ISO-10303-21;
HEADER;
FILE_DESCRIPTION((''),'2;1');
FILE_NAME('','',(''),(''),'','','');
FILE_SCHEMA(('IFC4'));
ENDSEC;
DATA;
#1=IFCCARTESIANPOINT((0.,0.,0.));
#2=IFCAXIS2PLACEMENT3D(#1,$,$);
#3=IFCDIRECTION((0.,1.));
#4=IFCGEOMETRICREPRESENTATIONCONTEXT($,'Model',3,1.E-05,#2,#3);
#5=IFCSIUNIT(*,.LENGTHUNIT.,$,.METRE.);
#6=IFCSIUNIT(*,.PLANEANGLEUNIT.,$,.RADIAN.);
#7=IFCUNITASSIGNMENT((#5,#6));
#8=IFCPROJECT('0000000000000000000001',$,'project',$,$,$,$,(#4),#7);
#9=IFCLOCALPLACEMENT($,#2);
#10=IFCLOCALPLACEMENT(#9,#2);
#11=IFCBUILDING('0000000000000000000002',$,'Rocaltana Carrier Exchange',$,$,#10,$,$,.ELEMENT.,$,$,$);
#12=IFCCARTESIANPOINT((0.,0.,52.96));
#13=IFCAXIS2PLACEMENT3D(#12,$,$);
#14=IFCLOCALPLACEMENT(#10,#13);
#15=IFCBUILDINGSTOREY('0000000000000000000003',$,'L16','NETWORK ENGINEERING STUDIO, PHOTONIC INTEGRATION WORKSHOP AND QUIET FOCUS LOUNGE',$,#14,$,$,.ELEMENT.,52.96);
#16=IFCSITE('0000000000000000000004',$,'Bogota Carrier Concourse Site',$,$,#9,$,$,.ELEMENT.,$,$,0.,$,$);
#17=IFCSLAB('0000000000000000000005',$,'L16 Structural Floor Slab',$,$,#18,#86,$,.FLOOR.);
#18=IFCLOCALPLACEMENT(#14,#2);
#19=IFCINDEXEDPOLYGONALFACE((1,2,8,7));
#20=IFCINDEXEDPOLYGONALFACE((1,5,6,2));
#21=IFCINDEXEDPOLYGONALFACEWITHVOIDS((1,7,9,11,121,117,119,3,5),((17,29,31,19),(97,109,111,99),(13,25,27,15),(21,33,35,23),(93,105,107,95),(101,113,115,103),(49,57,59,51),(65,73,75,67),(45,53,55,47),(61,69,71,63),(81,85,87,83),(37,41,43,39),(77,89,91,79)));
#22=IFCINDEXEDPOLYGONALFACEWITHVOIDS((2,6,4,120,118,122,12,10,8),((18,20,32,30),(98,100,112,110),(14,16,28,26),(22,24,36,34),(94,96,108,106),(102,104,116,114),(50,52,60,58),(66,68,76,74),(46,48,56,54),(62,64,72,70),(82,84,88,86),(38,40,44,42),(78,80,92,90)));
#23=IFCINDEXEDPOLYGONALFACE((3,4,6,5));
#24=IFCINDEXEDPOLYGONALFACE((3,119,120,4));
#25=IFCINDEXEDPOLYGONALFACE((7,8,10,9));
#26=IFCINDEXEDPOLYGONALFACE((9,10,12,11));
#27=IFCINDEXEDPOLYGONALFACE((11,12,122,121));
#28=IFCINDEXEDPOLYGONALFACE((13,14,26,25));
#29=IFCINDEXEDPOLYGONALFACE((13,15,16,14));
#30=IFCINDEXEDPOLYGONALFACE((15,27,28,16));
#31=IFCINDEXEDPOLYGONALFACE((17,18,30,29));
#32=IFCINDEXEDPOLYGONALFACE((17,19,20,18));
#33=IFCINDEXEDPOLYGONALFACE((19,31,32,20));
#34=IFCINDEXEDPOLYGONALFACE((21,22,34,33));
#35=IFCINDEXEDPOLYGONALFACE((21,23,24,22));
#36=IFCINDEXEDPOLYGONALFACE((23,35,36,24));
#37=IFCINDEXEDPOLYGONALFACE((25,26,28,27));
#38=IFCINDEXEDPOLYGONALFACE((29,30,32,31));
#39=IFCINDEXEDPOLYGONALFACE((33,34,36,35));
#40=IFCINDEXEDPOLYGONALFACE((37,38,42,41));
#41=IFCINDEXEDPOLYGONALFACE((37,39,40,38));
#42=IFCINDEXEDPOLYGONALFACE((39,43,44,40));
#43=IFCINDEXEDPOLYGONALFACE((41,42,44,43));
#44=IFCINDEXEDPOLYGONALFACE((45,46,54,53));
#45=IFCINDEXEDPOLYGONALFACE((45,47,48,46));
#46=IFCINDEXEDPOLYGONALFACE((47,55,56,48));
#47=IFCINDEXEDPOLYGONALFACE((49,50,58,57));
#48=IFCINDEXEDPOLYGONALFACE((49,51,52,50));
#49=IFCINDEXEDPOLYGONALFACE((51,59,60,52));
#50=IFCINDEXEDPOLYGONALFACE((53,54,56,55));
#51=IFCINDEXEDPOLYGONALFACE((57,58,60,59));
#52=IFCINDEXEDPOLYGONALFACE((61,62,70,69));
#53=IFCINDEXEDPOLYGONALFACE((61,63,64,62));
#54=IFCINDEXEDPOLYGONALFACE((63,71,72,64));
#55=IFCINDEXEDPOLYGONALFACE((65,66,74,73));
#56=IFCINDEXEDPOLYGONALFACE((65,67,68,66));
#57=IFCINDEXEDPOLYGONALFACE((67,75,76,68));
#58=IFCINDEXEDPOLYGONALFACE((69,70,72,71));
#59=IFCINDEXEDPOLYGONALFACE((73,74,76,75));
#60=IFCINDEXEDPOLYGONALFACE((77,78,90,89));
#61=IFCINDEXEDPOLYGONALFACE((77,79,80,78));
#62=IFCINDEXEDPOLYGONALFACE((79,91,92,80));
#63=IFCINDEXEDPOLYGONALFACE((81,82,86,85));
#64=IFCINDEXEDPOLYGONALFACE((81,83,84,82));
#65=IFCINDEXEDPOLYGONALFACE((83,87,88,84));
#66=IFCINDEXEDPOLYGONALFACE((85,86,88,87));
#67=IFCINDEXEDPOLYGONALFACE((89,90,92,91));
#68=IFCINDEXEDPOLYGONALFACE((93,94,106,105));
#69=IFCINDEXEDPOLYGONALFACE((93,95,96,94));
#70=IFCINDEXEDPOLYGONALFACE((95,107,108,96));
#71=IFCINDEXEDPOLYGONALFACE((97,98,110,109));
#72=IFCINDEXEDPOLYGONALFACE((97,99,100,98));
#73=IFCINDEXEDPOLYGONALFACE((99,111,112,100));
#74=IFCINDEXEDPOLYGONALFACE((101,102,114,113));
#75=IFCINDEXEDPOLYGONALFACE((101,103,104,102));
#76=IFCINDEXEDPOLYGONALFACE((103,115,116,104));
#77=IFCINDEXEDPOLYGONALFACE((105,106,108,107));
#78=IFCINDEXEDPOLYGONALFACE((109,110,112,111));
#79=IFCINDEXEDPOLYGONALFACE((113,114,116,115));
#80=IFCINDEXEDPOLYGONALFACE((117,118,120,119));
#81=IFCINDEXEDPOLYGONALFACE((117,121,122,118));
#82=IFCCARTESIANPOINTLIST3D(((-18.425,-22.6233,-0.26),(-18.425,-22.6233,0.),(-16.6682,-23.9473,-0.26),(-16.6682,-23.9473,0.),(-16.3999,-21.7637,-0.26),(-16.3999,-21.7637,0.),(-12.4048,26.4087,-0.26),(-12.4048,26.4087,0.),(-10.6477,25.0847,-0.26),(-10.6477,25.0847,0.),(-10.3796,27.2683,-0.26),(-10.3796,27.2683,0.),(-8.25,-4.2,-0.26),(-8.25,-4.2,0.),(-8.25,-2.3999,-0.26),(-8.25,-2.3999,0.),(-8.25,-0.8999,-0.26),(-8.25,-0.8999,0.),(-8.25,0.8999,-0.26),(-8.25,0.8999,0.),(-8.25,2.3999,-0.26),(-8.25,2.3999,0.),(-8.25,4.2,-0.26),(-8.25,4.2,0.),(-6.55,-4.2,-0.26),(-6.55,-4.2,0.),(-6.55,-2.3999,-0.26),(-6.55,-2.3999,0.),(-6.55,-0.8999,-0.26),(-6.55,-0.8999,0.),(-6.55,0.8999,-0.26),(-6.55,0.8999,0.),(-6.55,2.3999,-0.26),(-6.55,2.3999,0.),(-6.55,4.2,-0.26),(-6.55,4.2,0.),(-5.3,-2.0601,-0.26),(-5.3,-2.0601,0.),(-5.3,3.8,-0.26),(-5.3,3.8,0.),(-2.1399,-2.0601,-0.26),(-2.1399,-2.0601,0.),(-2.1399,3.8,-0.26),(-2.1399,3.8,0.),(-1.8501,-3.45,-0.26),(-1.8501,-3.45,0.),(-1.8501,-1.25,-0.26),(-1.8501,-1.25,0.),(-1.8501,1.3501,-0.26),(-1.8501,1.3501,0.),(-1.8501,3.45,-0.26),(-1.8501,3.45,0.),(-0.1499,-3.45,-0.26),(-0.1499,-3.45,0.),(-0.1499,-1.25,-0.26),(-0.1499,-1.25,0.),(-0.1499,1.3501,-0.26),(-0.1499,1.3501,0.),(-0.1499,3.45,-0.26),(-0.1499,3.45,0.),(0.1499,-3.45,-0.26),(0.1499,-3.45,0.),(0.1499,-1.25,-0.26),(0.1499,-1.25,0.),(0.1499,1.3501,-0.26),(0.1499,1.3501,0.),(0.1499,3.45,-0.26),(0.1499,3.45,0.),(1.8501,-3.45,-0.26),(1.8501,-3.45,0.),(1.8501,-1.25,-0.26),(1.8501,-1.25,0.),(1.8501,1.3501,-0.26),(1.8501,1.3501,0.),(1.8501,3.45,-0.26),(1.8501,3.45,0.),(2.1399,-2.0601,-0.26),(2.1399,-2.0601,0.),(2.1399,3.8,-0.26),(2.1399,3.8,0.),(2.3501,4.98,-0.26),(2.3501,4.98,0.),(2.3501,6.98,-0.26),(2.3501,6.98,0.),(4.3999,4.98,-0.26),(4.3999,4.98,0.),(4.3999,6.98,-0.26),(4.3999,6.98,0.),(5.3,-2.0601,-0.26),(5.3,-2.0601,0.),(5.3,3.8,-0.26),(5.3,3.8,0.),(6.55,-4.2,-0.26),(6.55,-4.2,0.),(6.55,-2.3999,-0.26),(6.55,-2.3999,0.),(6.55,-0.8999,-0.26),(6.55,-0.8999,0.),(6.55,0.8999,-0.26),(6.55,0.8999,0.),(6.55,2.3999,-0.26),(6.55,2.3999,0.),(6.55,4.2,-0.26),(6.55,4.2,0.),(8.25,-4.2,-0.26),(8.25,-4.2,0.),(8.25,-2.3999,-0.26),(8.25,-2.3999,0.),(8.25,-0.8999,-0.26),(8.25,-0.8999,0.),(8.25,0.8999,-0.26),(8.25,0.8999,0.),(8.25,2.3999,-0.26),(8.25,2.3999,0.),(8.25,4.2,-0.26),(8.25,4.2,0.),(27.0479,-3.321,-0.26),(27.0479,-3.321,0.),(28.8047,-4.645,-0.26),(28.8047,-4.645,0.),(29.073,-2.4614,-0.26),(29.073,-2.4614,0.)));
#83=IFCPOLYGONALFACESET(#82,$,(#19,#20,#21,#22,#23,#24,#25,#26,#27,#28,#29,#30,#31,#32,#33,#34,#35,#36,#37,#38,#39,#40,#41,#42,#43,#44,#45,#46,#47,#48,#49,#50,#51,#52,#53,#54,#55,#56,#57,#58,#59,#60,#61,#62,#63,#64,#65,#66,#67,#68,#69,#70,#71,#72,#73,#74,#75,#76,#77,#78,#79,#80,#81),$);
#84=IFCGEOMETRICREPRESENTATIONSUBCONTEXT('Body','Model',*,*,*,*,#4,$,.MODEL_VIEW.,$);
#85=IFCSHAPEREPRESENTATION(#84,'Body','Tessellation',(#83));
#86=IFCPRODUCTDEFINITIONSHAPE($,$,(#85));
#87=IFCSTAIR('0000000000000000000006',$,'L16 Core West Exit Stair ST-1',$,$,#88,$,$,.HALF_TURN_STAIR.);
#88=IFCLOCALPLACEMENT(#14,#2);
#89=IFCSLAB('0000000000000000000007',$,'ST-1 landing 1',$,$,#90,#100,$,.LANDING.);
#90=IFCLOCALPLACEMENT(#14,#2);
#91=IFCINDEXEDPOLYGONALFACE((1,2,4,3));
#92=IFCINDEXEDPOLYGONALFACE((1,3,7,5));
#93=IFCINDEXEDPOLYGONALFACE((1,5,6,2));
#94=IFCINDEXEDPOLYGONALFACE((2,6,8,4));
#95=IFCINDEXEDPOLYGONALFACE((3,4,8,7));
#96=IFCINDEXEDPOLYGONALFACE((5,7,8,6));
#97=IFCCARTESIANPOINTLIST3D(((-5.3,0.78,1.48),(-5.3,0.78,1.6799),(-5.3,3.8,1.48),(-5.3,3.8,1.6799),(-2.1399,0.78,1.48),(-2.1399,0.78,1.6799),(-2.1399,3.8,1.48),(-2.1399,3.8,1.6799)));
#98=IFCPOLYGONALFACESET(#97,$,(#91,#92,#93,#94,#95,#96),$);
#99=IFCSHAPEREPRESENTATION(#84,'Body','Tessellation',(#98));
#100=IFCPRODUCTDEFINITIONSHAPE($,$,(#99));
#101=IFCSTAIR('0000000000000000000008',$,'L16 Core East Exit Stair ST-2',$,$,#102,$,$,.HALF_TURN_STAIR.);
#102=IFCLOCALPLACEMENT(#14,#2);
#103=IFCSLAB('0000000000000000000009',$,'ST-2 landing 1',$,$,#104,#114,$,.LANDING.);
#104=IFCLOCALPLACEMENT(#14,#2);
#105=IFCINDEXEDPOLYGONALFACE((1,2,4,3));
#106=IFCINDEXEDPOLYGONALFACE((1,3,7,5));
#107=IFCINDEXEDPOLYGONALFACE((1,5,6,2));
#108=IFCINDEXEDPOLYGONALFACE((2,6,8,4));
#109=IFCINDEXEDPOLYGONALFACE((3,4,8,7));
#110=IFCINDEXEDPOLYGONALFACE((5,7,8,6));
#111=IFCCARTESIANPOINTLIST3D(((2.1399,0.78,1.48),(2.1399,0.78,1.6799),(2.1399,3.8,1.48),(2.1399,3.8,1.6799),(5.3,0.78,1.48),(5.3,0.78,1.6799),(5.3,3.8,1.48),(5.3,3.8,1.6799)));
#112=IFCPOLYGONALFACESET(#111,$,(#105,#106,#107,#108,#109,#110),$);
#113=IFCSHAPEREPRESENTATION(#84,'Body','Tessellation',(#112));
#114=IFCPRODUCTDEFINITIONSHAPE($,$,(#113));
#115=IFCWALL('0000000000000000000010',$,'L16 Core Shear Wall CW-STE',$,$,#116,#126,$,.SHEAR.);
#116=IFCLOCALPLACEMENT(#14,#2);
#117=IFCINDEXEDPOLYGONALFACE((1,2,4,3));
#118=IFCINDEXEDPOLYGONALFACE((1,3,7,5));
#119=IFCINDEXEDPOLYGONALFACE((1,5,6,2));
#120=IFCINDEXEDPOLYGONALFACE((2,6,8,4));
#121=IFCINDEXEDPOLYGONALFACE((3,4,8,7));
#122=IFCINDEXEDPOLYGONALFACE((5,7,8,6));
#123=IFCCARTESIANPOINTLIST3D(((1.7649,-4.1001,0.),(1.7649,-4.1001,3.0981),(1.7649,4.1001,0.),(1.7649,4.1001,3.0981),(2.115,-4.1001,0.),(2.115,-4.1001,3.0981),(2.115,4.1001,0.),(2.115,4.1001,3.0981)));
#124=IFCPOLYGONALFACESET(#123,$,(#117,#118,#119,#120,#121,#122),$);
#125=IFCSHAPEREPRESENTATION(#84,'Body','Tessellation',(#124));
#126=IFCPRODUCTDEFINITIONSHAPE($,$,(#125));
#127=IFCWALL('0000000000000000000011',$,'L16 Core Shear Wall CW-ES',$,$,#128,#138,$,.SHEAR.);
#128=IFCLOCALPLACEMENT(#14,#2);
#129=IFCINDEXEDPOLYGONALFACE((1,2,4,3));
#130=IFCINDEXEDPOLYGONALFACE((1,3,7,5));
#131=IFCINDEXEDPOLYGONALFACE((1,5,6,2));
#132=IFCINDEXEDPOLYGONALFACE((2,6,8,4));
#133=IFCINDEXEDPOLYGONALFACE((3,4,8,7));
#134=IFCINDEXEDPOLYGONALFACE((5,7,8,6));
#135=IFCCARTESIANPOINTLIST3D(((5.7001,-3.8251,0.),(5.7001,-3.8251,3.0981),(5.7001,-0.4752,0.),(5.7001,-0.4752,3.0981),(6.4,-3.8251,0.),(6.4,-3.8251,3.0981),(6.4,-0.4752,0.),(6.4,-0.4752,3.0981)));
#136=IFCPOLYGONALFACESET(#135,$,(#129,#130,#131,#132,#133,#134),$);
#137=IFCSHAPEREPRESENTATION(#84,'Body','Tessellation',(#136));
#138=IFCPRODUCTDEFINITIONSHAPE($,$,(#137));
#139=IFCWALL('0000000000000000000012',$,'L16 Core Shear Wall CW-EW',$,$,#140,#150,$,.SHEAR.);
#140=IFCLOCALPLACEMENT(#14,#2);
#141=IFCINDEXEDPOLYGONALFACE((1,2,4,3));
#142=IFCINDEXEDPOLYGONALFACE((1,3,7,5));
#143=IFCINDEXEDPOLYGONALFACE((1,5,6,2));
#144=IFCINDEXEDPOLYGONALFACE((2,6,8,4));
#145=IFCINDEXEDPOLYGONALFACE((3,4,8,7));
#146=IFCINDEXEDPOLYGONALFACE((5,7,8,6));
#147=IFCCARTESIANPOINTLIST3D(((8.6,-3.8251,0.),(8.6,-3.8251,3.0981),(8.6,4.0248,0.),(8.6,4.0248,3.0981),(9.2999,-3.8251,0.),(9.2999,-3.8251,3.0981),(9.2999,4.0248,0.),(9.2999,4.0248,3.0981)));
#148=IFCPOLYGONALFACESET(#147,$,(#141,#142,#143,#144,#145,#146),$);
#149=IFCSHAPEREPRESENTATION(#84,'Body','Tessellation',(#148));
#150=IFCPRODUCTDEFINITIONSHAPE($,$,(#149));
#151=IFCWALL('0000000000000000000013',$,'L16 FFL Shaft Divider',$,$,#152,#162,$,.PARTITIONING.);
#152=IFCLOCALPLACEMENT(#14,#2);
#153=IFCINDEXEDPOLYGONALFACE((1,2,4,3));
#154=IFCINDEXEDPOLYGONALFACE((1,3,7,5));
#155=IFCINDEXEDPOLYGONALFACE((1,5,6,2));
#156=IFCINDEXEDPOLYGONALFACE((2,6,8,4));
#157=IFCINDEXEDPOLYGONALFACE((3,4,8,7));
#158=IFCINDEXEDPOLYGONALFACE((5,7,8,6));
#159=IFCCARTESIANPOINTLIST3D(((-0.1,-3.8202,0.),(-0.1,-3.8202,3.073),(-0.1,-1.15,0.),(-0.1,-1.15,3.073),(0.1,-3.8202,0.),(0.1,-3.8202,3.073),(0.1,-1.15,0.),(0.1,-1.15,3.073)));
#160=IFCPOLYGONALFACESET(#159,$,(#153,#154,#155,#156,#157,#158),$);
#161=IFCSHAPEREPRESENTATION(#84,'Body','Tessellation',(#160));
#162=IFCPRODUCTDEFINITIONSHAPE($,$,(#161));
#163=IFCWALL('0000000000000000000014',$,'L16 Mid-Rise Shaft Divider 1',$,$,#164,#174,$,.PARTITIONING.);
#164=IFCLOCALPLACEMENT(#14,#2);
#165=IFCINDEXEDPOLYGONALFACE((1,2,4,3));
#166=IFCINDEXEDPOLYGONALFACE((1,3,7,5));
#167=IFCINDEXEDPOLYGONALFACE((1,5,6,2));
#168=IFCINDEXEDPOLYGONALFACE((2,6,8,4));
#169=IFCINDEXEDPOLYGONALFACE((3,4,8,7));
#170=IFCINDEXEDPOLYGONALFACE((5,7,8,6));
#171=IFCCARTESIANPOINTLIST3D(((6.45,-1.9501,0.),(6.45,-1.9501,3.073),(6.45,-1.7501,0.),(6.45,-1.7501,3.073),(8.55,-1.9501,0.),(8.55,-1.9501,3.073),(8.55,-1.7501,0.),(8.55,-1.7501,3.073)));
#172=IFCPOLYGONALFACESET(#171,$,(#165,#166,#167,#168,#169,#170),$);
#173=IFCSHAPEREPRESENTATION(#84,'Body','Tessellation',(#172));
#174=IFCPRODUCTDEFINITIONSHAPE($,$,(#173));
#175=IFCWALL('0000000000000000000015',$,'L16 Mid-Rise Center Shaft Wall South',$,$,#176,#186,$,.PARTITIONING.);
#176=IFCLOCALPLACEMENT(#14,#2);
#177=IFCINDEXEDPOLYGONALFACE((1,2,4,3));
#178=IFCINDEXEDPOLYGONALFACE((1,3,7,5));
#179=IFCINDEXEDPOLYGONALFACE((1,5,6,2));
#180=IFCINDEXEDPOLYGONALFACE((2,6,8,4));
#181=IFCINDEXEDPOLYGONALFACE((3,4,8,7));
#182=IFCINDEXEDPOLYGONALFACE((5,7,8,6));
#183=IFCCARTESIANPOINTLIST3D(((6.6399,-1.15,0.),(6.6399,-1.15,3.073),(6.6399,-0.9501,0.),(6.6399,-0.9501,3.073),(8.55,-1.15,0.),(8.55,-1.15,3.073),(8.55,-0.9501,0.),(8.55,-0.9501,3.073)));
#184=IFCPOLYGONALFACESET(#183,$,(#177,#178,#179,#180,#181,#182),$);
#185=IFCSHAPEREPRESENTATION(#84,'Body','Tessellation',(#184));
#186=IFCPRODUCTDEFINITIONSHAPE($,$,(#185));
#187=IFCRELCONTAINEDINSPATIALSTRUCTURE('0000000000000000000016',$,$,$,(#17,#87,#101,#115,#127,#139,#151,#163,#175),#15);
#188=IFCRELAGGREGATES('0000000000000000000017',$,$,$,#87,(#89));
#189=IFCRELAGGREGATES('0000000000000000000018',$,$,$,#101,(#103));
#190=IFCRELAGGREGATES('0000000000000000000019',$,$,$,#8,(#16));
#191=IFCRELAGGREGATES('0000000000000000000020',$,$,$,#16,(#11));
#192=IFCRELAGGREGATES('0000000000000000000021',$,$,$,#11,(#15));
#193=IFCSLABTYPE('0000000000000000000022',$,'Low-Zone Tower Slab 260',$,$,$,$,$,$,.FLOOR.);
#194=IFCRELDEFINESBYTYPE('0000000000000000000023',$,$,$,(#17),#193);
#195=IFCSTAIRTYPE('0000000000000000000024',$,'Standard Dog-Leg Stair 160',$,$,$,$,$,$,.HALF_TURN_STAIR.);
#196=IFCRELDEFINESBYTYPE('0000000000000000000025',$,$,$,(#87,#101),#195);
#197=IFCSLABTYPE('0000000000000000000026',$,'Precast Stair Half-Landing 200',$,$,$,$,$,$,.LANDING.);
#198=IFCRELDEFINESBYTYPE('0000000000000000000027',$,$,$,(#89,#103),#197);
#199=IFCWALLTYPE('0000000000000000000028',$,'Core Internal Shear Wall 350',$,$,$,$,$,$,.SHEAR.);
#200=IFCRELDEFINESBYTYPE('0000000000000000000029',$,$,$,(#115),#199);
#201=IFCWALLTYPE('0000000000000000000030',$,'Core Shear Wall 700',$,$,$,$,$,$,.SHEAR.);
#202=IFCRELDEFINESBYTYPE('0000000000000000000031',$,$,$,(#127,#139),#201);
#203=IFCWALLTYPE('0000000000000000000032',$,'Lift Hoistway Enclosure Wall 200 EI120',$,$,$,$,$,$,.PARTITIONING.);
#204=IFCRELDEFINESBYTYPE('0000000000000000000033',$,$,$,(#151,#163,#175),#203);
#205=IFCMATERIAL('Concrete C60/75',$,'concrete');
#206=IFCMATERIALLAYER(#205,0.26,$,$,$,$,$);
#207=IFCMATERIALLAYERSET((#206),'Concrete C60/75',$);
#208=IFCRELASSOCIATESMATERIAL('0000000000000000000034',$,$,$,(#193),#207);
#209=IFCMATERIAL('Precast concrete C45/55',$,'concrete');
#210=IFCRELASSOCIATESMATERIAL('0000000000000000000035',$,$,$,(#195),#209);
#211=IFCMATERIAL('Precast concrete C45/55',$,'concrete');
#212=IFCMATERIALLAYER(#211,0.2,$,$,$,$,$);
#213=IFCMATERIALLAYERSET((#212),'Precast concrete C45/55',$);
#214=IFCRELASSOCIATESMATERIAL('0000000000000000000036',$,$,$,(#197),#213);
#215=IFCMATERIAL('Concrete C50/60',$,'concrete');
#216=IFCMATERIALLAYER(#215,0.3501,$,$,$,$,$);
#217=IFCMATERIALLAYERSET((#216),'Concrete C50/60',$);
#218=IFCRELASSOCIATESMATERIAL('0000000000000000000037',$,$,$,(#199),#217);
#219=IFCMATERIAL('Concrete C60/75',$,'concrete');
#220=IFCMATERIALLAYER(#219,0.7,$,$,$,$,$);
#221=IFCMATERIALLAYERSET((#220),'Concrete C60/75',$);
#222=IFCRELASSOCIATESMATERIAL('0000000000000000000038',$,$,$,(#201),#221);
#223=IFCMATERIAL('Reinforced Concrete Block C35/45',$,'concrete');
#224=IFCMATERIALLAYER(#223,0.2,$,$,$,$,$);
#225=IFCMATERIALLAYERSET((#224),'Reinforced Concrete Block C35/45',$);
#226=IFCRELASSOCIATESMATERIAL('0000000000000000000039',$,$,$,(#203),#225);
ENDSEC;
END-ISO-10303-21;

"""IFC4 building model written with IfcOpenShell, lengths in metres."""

from ifc_helpers import new_model, si_unit, direction, frame, frame_2d, origin, place, context, subcontext, project, spatial, polyline, rectangle, outline, extrude, material, layer, layer_set, type_object, element, aggregate, save


model = new_model("IFC4")

# Units and contexts
model_context = context("Model", 3, precision=1e-05, world=origin(), true_north=direction((0.0, 1.0)))
body_context = subcontext(model_context, "Body", "Model", "MODEL_VIEW")
ifc_project = project(units=[si_unit("LENGTHUNIT", "METRE"), si_unit("PLANEANGLEUNIT", "RADIAN")], contexts=[model_context])

# Site, building, storey
site_placement = place(None, origin())
site = spatial("IfcSite", under=ifc_project, at=site_placement, Name="Bogota Carrier Concourse Site", CompositionType="ELEMENT", RefElevation=0.0)
building_placement = place(site_placement, origin())
building = spatial("IfcBuilding", under=site, at=building_placement, Name="Rocaltana Carrier Exchange", CompositionType="ELEMENT")
storey_placement = place(building_placement, frame((0.0, 0.0, 52.96)))
storey = spatial("IfcBuildingStorey", under=building, at=storey_placement, Name="L16", Description="NETWORK ENGINEERING STUDIO, PHOTONIC INTEGRATION WORKSHOP AND QUIET FOCUS LOUNGE", CompositionType="ELEMENT", Elevation=52.96)

# Slab
ifc_material_1 = material(Name="Concrete C60/75", Category="concrete")
ifc_layer_1 = layer(ifc_material_1, 0.26)
ifc_layer_set_1 = layer_set([ifc_layer_1], Name="Concrete C60/75")
slab_type_1 = type_object("IfcSlabType", Name="Low-Zone Tower Slab 260", PredefinedType="FLOOR", material=ifc_layer_set_1)
slab_1_placement = place(storey_placement, frame((0.0, 0.0, -0.26)))
element("IfcSlab", 1, at=slab_1_placement, inside=storey, type_object=slab_type_1, Name="L16 Structural Floor Slab", PredefinedType="FLOOR", context=body_context, shape_type="SweptSolid", body=[
    extrude(outline(polyline([(28.8047, -4.645), (27.0479, -3.321), (29.073, -2.4614), (-10.3796, 27.2683), (-10.6477, 25.0847), (-12.4048, 26.4087), (-18.425, -22.6233), (-16.3999, -21.7637), (-16.6682, -23.9473), (28.8047, -4.645)]), holes=[polyline([(-5.3, -2.0601), (-2.1399, -2.0601), (-2.1399, 3.8), (-5.3, 3.8), (-5.3, -2.0601)]), polyline([(2.1399, -2.0601), (5.3, -2.0601), (5.3, 3.8), (2.1399, 3.8), (2.1399, -2.0601)]), polyline([(-1.8501, -3.45), (-0.1499, -3.45), (-0.1499, -1.25), (-1.8501, -1.25), (-1.8501, -3.45)]), polyline([(0.1499, -3.45), (1.8501, -3.45), (1.8501, -1.25), (0.1499, -1.25), (0.1499, -3.45)]), polyline([(2.3501, 4.98), (4.3999, 4.98), (4.3999, 6.98), (2.3501, 6.98), (2.3501, 4.98)]), polyline([(-1.8501, 1.3501), (-0.1499, 1.3501), (-0.1499, 3.45), (-1.8501, 3.45), (-1.8501, 1.3501)]), polyline([(0.1499, 1.3501), (1.8501, 1.3501), (1.8501, 3.45), (0.1499, 3.45), (0.1499, 1.3501)]), polyline([(-8.25, -4.2), (-6.55, -4.2), (-6.55, -2.3999), (-8.25, -2.3999), (-8.25, -4.2)]), polyline([(-8.25, -0.8999), (-6.55, -0.8999), (-6.55, 0.8999), (-8.25, 0.8999), (-8.25, -0.8999)]), polyline([(-8.25, 2.3999), (-6.55, 2.3999), (-6.55, 4.2), (-8.25, 4.2), (-8.25, 2.3999)]), polyline([(6.55, -4.2), (8.25, -4.2), (8.25, -2.3999), (6.55, -2.3999), (6.55, -4.2)]), polyline([(6.55, -0.8999), (8.25, -0.8999), (8.25, 0.8999), (6.55, 0.8999), (6.55, -0.8999)]), polyline([(6.55, 2.3999), (8.25, 2.3999), (8.25, 4.2), (6.55, 4.2), (6.55, 2.3999)])]), origin(), (0.0, 0.0, 1.0), 0.26),
])

# Stairs, slabs
ifc_material_2 = material(Name="Precast concrete C45/55", Category="concrete")
stair_type = type_object("IfcStairType", Name="Standard Dog-Leg Stair 160", PredefinedType="HALF_TURN_STAIR", material=ifc_material_2)
stair_1_placement = place(storey_placement, origin())
stair_1 = element("IfcStair", 2, at=stair_1_placement, inside=storey, type_object=stair_type, Name="L16 Core West Exit Stair ST-1", PredefinedType="HALF_TURN_STAIR")
ifc_material_3 = material(Name="Precast concrete C45/55", Category="concrete")
ifc_layer_2 = layer(ifc_material_3, 0.2)
ifc_layer_set_2 = layer_set([ifc_layer_2], Name="Precast concrete C45/55")
slab_type_2 = type_object("IfcSlabType", Name="Precast Stair Half-Landing 200", PredefinedType="LANDING", material=ifc_layer_set_2)
slab_2_placement = place(storey_placement, frame((0.0, 0.0, 1.48)))
slab_2 = element("IfcSlab", 3, at=slab_2_placement, type_object=slab_type_2, Name="ST-1 landing 1", PredefinedType="LANDING", context=body_context, shape_type="SweptSolid", body=[
    extrude(outline(polyline([(-2.1399, 0.78), (-2.1399, 3.8), (-5.3, 3.8), (-5.3, 0.78), (-2.1399, 0.78)])), origin(), (0.0, 0.0, 1.0), 0.2),
])
aggregate(stair_1, [slab_2])
stair_2_placement = place(storey_placement, origin())
stair_2 = element("IfcStair", 4, at=stair_2_placement, inside=storey, type_object=stair_type, Name="L16 Core East Exit Stair ST-2", PredefinedType="HALF_TURN_STAIR")
slab_3_placement = place(storey_placement, frame((0.0, 0.0, 1.48)))
slab_3 = element("IfcSlab", 5, at=slab_3_placement, type_object=slab_type_2, Name="ST-2 landing 1", PredefinedType="LANDING", context=body_context, shape_type="SweptSolid", body=[
    extrude(outline(polyline([(5.3, 0.78), (5.3, 3.8), (2.1399, 3.8), (2.1399, 0.78), (5.3, 0.78)])), origin(), (0.0, 0.0, 1.0), 0.2),
])

# Walls
ifc_material_4 = material(Name="Concrete C50/60", Category="concrete")
ifc_layer_3 = layer(ifc_material_4, 0.3501)
ifc_layer_set_3 = layer_set([ifc_layer_3], Name="Concrete C50/60")
wall_type_1 = type_object("IfcWallType", Name="Core Internal Shear Wall 350", PredefinedType="SHEAR", material=ifc_layer_set_3)
wall_1_placement = place(storey_placement, frame((1.9399, -4.1001, 0.0), z_axis=(0.0, 0.0, 1.0), x_axis=(0.0, 1.0, 0.0)))
element("IfcWall", 6, at=wall_1_placement, inside=storey, type_object=wall_type_1, Name="L16 Core Shear Wall CW-STE", PredefinedType="SHEAR", context=body_context, shape_type="SweptSolid", body=[
    extrude(rectangle(XDim=8.2002, YDim=0.3501, at=frame_2d((4.1001, 0.0))), origin(), (0.0, 0.0, 1.0), 3.0981),
])
ifc_material_5 = material(Name="Concrete C60/75", Category="concrete")
ifc_layer_4 = layer(ifc_material_5, 0.7)
ifc_layer_set_4 = layer_set([ifc_layer_4], Name="Concrete C60/75")
wall_type_2 = type_object("IfcWallType", Name="Core Shear Wall 700", PredefinedType="SHEAR", material=ifc_layer_set_4)
wall_2_placement = place(storey_placement, frame((6.05, -3.825, 0.0), z_axis=(0.0, 0.0, 1.0), x_axis=(0.0, 1.0, 0.0)))
element("IfcWall", 7, at=wall_2_placement, inside=storey, type_object=wall_type_2, Name="L16 Core Shear Wall CW-ES", PredefinedType="SHEAR", context=body_context, shape_type="SweptSolid", body=[
    extrude(rectangle(XDim=3.3499, YDim=0.7, at=frame_2d((1.6748, 0.0))), origin(), (0.0, 0.0, 1.0), 3.0981),
])
wall_3_placement = place(storey_placement, frame((8.95, -3.825, 0.0), z_axis=(0.0, 0.0, 1.0), x_axis=(0.0, 1.0, 0.0)))
element("IfcWall", 8, at=wall_3_placement, inside=storey, type_object=wall_type_2, Name="L16 Core Shear Wall CW-EW", PredefinedType="SHEAR", context=body_context, shape_type="SweptSolid", body=[
    extrude(rectangle(XDim=7.8499, YDim=0.7, at=frame_2d((3.9248, 0.0))), origin(), (0.0, 0.0, 1.0), 3.0981),
])
ifc_material_6 = material(Name="Reinforced Concrete Block C35/45", Category="concrete")
ifc_layer_5 = layer(ifc_material_6, 0.2)
ifc_layer_set_5 = layer_set([ifc_layer_5], Name="Reinforced Concrete Block C35/45")
wall_type_3 = type_object("IfcWallType", Name="Lift Hoistway Enclosure Wall 200 EI120", PredefinedType="PARTITIONING", material=ifc_layer_set_5)
wall_4_placement = place(storey_placement, frame((0.0, -3.8201, 0.0), z_axis=(0.0, 0.0, 1.0), x_axis=(0.0, 1.0, 0.0)))
element("IfcWall", 9, at=wall_4_placement, inside=storey, type_object=wall_type_3, Name="L16 FFL Shaft Divider", PredefinedType="PARTITIONING", context=body_context, shape_type="SweptSolid", body=[
    extrude(rectangle(XDim=2.6702, YDim=0.2, at=frame_2d((1.335, 0.0))), origin(), (0.0, 0.0, 1.0), 3.073),
])
wall_5_placement = place(storey_placement, frame((6.45, -1.8501, 0.0), z_axis=(0.0, 0.0, 1.0), x_axis=(1.0, 0.0, 0.0)))
element("IfcWall", 10, at=wall_5_placement, inside=storey, type_object=wall_type_3, Name="L16 Mid-Rise Shaft Divider 1", PredefinedType="PARTITIONING", context=body_context, shape_type="SweptSolid", body=[
    extrude(rectangle(XDim=2.1001, YDim=0.2, at=frame_2d((1.05, 0.0))), origin(), (0.0, 0.0, 1.0), 3.073),
])
wall_6_placement = place(storey_placement, frame((6.6399, -1.05, 0.0), z_axis=(0.0, 0.0, 1.0), x_axis=(1.0, 0.0, 0.0)))
element("IfcWall", 11, at=wall_6_placement, inside=storey, type_object=wall_type_3, Name="L16 Mid-Rise Center Shaft Wall South", PredefinedType="PARTITIONING", context=body_context, shape_type="SweptSolid", body=[
    extrude(rectangle(XDim=1.9102, YDim=0.2, at=frame_2d((0.9551, 0.0))), origin(), (0.0, 0.0, 1.0), 3.073),
])

aggregate(stair_2, [slab_3])

save(model, "model.ifc")
